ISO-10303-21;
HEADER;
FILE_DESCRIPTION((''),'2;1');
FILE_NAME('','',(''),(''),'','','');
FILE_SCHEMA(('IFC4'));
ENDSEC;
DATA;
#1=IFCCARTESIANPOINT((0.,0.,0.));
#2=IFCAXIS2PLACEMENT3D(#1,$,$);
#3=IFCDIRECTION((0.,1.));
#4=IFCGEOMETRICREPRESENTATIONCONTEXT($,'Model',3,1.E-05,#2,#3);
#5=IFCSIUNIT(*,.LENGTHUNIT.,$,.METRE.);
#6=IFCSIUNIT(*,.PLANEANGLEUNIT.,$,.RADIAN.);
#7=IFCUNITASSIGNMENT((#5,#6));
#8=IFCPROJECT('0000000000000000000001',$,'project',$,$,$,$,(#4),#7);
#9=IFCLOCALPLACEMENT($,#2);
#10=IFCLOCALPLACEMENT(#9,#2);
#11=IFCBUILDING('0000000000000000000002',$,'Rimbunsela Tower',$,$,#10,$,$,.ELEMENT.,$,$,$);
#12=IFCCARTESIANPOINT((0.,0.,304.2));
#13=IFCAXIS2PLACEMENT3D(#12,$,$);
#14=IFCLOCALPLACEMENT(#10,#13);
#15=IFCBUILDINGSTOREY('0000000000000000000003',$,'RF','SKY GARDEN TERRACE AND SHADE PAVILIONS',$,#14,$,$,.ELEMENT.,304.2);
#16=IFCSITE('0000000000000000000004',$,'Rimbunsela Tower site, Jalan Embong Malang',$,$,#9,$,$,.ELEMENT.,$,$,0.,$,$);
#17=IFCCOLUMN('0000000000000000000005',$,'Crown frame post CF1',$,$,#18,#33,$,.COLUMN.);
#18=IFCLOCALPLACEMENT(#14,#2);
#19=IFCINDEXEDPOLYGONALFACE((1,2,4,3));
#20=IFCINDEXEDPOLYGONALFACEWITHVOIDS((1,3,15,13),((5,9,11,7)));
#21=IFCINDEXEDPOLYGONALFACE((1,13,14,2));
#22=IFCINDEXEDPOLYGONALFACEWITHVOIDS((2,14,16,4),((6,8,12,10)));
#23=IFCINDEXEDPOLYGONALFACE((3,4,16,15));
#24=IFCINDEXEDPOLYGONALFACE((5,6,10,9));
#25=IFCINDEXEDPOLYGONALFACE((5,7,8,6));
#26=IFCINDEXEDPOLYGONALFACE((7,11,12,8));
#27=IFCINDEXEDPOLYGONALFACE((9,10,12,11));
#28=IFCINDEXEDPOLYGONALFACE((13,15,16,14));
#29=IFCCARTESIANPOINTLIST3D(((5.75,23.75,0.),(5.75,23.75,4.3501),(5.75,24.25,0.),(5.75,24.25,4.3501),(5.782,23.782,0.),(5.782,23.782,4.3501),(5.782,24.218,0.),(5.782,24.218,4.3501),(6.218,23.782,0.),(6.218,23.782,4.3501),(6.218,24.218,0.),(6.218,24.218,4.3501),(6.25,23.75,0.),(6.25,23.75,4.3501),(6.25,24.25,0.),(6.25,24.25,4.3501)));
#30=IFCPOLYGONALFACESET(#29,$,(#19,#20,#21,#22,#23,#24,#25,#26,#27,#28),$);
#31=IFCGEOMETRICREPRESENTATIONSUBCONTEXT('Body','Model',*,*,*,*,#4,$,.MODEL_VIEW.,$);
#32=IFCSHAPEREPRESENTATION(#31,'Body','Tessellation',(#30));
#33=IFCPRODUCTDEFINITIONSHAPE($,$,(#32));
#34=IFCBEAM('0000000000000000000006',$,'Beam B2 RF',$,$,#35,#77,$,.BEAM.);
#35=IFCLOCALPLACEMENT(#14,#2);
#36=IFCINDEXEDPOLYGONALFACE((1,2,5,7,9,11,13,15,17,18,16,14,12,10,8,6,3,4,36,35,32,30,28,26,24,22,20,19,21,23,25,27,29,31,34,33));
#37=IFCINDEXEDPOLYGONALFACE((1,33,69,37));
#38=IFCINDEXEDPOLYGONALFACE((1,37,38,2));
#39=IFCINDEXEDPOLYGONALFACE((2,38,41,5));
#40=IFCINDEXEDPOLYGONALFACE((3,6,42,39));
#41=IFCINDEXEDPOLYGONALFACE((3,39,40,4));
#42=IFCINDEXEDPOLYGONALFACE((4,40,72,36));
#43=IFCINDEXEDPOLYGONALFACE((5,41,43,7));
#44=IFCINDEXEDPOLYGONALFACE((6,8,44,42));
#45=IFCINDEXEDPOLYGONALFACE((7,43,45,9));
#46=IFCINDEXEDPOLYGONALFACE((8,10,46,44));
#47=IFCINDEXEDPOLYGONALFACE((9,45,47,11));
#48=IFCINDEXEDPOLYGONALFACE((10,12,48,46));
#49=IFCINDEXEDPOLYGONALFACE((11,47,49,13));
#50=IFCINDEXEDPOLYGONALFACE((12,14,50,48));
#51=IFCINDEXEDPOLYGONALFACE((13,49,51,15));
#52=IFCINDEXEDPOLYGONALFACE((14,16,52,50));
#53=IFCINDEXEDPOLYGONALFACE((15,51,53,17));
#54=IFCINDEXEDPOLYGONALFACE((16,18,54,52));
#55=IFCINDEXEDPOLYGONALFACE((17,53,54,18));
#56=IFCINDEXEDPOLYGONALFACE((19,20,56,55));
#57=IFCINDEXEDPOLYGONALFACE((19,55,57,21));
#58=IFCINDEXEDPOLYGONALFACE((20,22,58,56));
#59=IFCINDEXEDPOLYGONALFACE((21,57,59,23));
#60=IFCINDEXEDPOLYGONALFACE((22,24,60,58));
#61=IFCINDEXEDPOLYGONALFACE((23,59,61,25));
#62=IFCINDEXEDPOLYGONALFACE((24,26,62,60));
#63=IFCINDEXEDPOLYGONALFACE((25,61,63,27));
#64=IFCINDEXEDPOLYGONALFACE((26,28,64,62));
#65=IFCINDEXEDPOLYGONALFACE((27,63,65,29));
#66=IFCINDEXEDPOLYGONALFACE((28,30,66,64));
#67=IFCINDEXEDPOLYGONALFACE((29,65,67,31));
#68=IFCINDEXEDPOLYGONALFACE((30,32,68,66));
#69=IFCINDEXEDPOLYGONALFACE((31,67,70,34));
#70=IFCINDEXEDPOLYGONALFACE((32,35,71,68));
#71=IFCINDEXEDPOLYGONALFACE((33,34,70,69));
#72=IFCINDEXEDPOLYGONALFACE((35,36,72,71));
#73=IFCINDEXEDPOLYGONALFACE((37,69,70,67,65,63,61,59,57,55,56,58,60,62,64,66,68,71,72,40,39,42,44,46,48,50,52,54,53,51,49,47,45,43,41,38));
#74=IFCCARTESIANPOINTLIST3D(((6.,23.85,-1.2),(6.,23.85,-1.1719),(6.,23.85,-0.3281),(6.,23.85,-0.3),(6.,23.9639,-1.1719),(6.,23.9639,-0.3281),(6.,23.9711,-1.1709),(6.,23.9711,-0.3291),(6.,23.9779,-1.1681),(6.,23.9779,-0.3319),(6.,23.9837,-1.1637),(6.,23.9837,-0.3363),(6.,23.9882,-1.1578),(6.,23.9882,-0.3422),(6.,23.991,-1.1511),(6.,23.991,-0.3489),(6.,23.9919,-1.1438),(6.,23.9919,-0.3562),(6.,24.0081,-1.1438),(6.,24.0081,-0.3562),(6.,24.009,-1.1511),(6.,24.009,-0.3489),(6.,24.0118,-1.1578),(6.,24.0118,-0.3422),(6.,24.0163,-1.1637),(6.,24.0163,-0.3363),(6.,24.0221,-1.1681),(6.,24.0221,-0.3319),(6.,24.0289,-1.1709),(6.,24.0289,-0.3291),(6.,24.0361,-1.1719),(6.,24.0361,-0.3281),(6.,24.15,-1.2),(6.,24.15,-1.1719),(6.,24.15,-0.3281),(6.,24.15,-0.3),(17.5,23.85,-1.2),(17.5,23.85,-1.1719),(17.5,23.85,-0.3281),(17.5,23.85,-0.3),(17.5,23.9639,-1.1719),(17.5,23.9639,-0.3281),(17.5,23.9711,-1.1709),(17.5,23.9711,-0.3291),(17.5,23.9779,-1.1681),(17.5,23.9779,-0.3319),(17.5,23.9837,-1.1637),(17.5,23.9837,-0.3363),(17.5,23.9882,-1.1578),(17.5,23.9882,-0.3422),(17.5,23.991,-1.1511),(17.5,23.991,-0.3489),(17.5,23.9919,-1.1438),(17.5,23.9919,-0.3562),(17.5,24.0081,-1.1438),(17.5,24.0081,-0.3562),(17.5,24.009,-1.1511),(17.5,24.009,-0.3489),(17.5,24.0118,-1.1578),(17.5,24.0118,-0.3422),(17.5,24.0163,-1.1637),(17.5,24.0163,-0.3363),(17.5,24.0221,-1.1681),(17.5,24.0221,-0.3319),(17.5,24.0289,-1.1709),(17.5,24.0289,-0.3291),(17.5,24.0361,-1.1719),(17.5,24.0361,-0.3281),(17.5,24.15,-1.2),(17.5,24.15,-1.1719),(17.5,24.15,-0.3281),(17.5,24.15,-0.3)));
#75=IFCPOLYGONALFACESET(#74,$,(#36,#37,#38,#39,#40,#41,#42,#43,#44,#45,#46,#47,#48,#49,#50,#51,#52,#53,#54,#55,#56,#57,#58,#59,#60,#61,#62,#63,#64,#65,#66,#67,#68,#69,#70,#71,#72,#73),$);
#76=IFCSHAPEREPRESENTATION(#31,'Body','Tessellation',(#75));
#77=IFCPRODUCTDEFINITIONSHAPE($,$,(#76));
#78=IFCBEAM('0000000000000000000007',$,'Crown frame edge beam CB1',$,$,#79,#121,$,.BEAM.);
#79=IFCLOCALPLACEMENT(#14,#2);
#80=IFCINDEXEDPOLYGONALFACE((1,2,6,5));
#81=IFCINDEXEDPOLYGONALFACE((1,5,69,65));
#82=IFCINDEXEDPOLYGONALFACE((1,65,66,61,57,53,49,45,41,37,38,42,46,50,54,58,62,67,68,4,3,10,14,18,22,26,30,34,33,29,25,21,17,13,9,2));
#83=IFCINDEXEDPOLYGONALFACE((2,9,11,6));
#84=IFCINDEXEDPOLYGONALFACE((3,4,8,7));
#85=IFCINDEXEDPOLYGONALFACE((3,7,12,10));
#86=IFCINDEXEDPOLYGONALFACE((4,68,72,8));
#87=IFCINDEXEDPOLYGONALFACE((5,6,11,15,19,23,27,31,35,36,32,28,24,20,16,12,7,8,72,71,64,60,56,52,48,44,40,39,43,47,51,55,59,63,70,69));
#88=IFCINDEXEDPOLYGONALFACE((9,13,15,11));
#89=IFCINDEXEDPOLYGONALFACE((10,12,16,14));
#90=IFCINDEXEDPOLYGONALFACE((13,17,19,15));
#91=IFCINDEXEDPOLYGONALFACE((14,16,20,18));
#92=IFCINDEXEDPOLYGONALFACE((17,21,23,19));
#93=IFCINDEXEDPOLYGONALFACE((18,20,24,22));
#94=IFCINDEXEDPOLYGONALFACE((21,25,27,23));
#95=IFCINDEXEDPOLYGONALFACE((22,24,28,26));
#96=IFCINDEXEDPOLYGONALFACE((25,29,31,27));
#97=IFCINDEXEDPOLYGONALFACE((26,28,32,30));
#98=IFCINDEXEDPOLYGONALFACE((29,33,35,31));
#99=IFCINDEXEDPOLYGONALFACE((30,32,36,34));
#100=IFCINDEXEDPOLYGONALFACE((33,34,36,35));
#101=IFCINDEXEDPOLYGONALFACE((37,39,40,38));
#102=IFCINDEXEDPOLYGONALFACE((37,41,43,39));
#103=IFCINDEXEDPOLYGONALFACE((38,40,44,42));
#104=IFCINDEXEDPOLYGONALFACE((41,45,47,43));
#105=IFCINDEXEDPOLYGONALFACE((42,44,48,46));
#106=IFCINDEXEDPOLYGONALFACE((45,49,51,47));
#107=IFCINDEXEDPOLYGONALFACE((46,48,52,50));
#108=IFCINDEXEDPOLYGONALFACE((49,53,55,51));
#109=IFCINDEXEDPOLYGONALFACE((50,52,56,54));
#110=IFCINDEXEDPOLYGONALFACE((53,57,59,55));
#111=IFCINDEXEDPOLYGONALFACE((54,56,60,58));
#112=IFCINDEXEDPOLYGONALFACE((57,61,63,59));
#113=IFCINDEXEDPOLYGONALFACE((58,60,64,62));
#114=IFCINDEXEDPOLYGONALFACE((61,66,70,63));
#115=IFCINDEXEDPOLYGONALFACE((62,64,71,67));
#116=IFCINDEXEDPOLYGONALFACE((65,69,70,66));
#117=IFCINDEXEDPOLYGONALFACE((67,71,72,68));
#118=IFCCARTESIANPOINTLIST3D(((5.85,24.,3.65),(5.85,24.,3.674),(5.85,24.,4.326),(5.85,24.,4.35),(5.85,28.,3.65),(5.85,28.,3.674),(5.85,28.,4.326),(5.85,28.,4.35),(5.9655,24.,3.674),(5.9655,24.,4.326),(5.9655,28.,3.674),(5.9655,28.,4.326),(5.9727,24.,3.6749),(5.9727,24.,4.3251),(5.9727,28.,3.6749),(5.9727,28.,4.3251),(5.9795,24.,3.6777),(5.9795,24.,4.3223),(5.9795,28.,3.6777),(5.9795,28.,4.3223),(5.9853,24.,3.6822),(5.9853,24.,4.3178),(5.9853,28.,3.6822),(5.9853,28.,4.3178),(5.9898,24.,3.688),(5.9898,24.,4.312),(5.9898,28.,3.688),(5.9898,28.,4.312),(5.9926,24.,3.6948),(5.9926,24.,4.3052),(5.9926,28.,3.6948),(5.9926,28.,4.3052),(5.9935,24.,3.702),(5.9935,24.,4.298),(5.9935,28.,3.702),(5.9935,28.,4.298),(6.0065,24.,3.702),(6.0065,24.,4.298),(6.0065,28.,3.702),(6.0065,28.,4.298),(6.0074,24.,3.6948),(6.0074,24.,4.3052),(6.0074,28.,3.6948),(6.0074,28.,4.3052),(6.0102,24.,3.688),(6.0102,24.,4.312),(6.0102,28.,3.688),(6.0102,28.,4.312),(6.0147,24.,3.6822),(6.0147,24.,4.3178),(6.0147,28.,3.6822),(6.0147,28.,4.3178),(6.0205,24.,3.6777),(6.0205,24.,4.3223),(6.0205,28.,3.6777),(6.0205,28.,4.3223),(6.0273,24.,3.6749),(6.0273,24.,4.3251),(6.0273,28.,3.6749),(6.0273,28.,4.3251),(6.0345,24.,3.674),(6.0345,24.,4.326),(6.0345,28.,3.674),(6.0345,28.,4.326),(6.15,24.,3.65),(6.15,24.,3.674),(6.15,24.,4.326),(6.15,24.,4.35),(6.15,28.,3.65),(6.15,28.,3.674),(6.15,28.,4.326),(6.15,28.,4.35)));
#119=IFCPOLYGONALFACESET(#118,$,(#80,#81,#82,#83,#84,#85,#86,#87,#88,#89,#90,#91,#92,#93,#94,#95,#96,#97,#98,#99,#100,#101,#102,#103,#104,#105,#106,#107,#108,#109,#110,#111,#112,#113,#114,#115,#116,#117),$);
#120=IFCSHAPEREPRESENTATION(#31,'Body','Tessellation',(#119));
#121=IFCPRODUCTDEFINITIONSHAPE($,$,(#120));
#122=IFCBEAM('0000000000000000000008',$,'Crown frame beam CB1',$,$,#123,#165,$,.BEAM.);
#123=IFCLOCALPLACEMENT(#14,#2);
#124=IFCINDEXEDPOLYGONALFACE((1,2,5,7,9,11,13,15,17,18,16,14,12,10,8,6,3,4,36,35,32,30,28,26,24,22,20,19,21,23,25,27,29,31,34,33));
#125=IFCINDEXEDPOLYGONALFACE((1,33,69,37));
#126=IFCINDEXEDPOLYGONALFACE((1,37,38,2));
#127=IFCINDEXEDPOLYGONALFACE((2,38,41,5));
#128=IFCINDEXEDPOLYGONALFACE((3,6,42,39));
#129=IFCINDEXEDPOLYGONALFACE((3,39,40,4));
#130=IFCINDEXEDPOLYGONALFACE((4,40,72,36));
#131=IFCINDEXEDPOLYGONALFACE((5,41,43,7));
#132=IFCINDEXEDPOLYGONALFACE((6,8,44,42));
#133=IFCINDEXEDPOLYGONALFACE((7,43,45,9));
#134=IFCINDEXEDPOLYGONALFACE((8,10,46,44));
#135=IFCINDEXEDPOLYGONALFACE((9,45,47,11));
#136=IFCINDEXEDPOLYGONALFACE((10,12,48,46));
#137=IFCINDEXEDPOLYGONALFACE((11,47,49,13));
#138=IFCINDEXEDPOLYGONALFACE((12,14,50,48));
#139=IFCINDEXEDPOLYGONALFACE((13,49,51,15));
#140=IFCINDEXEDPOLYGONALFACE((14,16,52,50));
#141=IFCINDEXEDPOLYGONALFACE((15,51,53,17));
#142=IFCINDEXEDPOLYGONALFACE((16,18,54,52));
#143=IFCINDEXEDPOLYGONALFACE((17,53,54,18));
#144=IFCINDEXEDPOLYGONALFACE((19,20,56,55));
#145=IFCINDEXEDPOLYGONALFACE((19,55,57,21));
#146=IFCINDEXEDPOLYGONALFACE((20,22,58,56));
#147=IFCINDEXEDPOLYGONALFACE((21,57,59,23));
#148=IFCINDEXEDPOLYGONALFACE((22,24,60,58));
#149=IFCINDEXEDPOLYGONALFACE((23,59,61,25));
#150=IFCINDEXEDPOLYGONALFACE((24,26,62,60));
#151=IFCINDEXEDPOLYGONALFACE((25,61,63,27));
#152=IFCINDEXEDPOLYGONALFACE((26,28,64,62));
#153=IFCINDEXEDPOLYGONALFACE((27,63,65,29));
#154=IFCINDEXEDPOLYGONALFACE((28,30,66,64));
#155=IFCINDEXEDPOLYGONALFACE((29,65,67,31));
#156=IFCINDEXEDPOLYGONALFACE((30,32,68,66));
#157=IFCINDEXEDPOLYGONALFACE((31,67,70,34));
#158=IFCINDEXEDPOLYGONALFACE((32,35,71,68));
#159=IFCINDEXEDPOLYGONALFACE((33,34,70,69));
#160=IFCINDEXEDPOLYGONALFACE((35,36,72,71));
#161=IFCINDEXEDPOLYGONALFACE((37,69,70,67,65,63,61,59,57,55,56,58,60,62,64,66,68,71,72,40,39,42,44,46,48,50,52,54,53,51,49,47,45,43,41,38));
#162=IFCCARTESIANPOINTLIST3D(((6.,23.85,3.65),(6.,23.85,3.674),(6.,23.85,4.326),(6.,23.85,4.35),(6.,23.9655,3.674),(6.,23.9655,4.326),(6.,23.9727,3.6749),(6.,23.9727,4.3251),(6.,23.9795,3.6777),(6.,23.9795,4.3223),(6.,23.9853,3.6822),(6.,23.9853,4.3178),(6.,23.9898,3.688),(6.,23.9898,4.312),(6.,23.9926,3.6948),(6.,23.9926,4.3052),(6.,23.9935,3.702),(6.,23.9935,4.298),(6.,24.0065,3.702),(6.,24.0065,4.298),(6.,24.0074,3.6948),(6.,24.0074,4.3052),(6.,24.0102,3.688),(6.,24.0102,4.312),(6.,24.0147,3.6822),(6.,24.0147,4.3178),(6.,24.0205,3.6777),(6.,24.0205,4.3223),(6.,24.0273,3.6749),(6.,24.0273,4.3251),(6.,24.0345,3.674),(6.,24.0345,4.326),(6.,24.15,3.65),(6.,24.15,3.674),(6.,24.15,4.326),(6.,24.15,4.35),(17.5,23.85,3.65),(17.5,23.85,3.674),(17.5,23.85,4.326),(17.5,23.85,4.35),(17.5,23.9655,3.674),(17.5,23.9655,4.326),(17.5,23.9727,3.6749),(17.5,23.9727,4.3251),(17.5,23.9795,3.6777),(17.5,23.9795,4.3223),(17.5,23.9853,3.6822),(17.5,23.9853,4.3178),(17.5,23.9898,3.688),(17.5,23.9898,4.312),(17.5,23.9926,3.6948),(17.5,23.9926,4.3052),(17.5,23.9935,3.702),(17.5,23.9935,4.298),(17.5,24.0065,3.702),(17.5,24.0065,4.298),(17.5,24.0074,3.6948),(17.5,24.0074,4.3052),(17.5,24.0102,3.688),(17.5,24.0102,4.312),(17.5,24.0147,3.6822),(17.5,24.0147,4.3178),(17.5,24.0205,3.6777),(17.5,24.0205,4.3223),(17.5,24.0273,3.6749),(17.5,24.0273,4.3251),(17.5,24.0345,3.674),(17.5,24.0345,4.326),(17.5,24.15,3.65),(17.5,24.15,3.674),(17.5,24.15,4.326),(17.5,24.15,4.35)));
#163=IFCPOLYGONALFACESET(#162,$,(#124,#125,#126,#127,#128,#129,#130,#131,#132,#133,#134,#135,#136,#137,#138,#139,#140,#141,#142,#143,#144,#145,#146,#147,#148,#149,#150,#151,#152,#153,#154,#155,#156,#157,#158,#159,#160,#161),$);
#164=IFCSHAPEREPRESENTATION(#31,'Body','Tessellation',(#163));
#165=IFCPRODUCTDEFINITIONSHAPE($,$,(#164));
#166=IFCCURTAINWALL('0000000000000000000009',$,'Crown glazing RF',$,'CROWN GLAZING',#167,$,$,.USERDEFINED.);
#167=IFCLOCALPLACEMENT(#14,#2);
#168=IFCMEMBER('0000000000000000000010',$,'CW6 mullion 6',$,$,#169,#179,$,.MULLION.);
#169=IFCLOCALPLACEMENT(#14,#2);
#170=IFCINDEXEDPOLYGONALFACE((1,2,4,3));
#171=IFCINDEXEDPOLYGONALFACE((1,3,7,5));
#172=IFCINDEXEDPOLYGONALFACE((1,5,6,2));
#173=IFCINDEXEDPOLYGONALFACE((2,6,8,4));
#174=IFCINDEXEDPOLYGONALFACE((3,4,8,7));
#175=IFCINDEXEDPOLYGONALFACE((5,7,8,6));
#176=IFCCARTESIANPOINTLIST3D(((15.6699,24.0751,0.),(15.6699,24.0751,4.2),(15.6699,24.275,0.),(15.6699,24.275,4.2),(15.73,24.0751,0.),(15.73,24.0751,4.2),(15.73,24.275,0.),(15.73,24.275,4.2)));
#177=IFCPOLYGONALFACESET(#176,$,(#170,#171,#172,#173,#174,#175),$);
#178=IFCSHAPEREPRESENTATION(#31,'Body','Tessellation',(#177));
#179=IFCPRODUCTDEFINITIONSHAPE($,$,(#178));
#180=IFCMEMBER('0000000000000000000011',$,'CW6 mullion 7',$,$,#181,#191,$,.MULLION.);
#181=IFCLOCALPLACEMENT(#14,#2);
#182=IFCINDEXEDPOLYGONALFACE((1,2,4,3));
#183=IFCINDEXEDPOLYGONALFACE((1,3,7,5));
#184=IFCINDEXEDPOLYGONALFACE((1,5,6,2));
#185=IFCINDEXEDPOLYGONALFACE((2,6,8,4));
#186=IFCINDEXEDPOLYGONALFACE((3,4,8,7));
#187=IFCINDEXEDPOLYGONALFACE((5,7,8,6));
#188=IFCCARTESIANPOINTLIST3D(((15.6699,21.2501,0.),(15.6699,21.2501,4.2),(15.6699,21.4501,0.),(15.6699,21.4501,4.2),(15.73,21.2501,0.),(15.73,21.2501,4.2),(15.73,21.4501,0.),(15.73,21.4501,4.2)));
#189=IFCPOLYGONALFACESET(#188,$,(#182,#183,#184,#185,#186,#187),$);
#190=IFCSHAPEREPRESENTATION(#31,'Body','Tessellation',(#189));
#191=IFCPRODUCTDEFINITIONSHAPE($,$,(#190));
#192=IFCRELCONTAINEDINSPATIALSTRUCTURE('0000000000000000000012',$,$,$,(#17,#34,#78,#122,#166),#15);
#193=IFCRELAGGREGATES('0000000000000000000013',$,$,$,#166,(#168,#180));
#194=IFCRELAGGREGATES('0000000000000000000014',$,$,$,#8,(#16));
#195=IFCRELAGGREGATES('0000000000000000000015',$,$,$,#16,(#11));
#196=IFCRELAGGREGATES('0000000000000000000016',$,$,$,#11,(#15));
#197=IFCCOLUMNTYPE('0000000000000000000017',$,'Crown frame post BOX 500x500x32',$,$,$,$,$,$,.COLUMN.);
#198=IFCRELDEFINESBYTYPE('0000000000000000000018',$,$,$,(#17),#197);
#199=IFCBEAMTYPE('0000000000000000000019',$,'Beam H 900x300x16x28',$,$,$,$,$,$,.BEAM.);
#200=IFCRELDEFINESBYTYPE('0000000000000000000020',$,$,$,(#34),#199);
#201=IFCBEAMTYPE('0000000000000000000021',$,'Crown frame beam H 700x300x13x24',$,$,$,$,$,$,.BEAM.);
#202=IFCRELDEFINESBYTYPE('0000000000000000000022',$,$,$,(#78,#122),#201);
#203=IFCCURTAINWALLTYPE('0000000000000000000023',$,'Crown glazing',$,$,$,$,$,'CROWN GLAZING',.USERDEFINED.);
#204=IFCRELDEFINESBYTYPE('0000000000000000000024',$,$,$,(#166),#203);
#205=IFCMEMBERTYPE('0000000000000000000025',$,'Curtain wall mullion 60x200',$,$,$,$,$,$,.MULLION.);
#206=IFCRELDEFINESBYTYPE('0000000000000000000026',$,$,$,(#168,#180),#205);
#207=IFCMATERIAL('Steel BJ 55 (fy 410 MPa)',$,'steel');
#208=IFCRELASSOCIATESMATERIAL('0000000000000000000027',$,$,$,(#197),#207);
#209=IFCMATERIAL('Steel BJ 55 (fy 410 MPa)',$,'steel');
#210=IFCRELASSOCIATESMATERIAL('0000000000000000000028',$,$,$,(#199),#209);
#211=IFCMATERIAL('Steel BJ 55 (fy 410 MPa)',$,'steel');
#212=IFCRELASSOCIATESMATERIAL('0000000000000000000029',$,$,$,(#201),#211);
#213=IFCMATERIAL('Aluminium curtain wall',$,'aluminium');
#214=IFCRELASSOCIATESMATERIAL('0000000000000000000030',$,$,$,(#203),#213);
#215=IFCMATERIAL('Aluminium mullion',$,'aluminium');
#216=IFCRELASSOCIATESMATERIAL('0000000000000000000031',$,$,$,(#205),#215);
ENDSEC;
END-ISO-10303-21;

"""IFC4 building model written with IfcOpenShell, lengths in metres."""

from ifc_helpers import new_model, si_unit, direction, frame, origin, origin_2d, place, context, subcontext, project, spatial, rectangle, hollow_rectangle, i_section, extrude, material, material_profile, profile_set, type_object, element, aggregate, save


model = new_model("IFC4")

# Units and contexts
model_context = context("Model", 3, precision=1e-05, world=origin(), true_north=direction((0.0, 1.0)))
body_context = subcontext(model_context, "Body", "Model", "MODEL_VIEW")
ifc_project = project(units=[si_unit("LENGTHUNIT", "METRE"), si_unit("PLANEANGLEUNIT", "RADIAN")], contexts=[model_context])

# Site, building, storey
site_placement = place(None, origin())
site = spatial("IfcSite", under=ifc_project, at=site_placement, Name="Rimbunsela Tower site, Jalan Embong Malang", CompositionType="ELEMENT", RefElevation=0.0)
building_placement = place(site_placement, origin())
building = spatial("IfcBuilding", under=site, at=building_placement, Name="Rimbunsela Tower", CompositionType="ELEMENT")
storey_placement = place(building_placement, frame((0.0, 0.0, 304.2)))
storey = spatial("IfcBuildingStorey", under=building, at=storey_placement, Name="RF", Description="SKY GARDEN TERRACE AND SHADE PAVILIONS", CompositionType="ELEMENT", Elevation=304.2)

# Column
ifc_material_1 = material(Name="Steel BJ 55 (fy 410 MPa)", Category="steel")
ifc_material_profile_1 = material_profile(ifc_material_1, hollow_rectangle(XDim=0.5, YDim=0.5, WallThickness=0.032, at=origin_2d()), Name="BOX 500x500x32")
ifc_profile_set_1 = profile_set([ifc_material_profile_1], Name="Steel BJ 55 (fy 410 MPa)")
column_type = type_object("IfcColumnType", Name="Crown frame post BOX 500x500x32", PredefinedType="COLUMN", material=ifc_profile_set_1)
column_placement = place(storey_placement, frame((6.0, 24.0, 0.0), z_axis=(0.0, 0.0, 1.0), x_axis=(1.0, 0.0, 0.0)))
element("IfcColumn", 1, at=column_placement, inside=storey, type_object=column_type, Name="Crown frame post CF1", PredefinedType="COLUMN", context=body_context, shape_type="SweptSolid", body=[
    extrude(hollow_rectangle(XDim=0.5, YDim=0.5, WallThickness=0.032, at=origin_2d()), origin(), (0.0, 0.0, 1.0), 4.3501),
])

# Beams
ifc_material_2 = material(Name="Steel BJ 55 (fy 410 MPa)", Category="steel")
ifc_material_profile_2 = material_profile(ifc_material_2, i_section(OverallWidth=0.3, OverallDepth=0.8999, WebThickness=0.0161, FlangeThickness=0.0281, FilletRadius=0.0281, at=origin_2d()), Name="H 900x300x16x28")
ifc_profile_set_2 = profile_set([ifc_material_profile_2], Name="Steel BJ 55 (fy 410 MPa)")
beam_type_1 = type_object("IfcBeamType", Name="Beam H 900x300x16x28", PredefinedType="BEAM", material=ifc_profile_set_2)
beam_1_placement = place(storey_placement, frame((6.0, 24.0, -0.75), z_axis=(1.0, 0.0, 0.0), x_axis=(0.0, 1.0, 0.0)))
element("IfcBeam", 2, at=beam_1_placement, inside=storey, type_object=beam_type_1, Name="Beam B2 RF", PredefinedType="BEAM", context=body_context, shape_type="SweptSolid", body=[
    extrude(i_section(OverallWidth=0.3, OverallDepth=0.8999, WebThickness=0.0161, FlangeThickness=0.0281, FilletRadius=0.0281, at=origin_2d()), origin(), (0.0, 0.0, 1.0), 11.5),
])
ifc_material_3 = material(Name="Steel BJ 55 (fy 410 MPa)", Category="steel")
ifc_material_profile_3 = material_profile(ifc_material_3, i_section(OverallWidth=0.3, OverallDepth=0.7, WebThickness=0.0129, FlangeThickness=0.0239, FilletRadius=0.0281, at=origin_2d()), Name="H 700x300x13x24")
ifc_profile_set_3 = profile_set([ifc_material_profile_3], Name="Steel BJ 55 (fy 410 MPa)")
beam_type_2 = type_object("IfcBeamType", Name="Crown frame beam H 700x300x13x24", PredefinedType="BEAM", material=ifc_profile_set_3)
beam_2_placement = place(storey_placement, frame((6.0, 24.0, 4.0), z_axis=(0.0, 1.0, 0.0), x_axis=(-1.0, 0.0, 0.0)))
element("IfcBeam", 3, at=beam_2_placement, inside=storey, type_object=beam_type_2, Name="Crown frame edge beam CB1", PredefinedType="BEAM", context=body_context, shape_type="SweptSolid", body=[
    extrude(i_section(OverallWidth=0.3, OverallDepth=0.7, WebThickness=0.0129, FlangeThickness=0.0239, FilletRadius=0.0281, at=origin_2d()), origin(), (0.0, 0.0, 1.0), 4.0),
])
beam_3_placement = place(storey_placement, frame((6.0, 24.0, 4.0), z_axis=(1.0, 0.0, 0.0), x_axis=(0.0, 1.0, 0.0)))
element("IfcBeam", 4, at=beam_3_placement, inside=storey, type_object=beam_type_2, Name="Crown frame beam CB1", PredefinedType="BEAM", context=body_context, shape_type="SweptSolid", body=[
    extrude(i_section(OverallWidth=0.3, OverallDepth=0.7, WebThickness=0.0129, FlangeThickness=0.0239, FilletRadius=0.0281, at=origin_2d()), origin(), (0.0, 0.0, 1.0), 11.5),
])

# Curtain wall, members
ifc_material_4 = material(Name="Aluminium curtain wall", Category="aluminium")
curtain_wall_type = type_object("IfcCurtainWallType", Name="Crown glazing", ElementType="CROWN GLAZING", PredefinedType="USERDEFINED", material=ifc_material_4)
curtain_wall_placement = place(storey_placement, origin())
curtain_wall = element("IfcCurtainWall", 5, at=curtain_wall_placement, inside=storey, type_object=curtain_wall_type, Name="Crown glazing RF", ObjectType="CROWN GLAZING", PredefinedType="USERDEFINED")
ifc_material_5 = material(Name="Aluminium mullion", Category="aluminium")
ifc_material_profile_4 = material_profile(ifc_material_5, rectangle(XDim=0.0601, YDim=0.2, at=origin_2d()), Name="Mullion 60x200")
ifc_profile_set_4 = profile_set([ifc_material_profile_4], Name="Aluminium mullion")
member_type_1 = type_object("IfcMemberType", Name="Curtain wall mullion 60x200", PredefinedType="MULLION", material=ifc_profile_set_4)
member_1_placement = place(storey_placement, frame((15.7, 24.175, 0.0), z_axis=(0.0, 0.0, 1.0), x_axis=(1.0, 0.0, 0.0)))
member_1 = element("IfcMember", 6, at=member_1_placement, type_object=member_type_1, Name="CW6 mullion 6", PredefinedType="MULLION", context=body_context, shape_type="SweptSolid", body=[
    extrude(rectangle(XDim=0.0601, YDim=0.2, at=origin_2d()), origin(), (0.0, 0.0, 1.0), 4.2),
])
member_2_placement = place(storey_placement, frame((15.7, 21.3501, 0.0), z_axis=(0.0, 0.0, 1.0), x_axis=(1.0, 0.0, 0.0)))
member_2 = element("IfcMember", 7, at=member_2_placement, type_object=member_type_1, Name="CW6 mullion 7", PredefinedType="MULLION", context=body_context, shape_type="SweptSolid", body=[
    extrude(rectangle(XDim=0.0601, YDim=0.2, at=origin_2d()), origin(), (0.0, 0.0, 1.0), 4.2),
])
aggregate(curtain_wall, [member_1, member_2])

save(model, "model.ifc")
